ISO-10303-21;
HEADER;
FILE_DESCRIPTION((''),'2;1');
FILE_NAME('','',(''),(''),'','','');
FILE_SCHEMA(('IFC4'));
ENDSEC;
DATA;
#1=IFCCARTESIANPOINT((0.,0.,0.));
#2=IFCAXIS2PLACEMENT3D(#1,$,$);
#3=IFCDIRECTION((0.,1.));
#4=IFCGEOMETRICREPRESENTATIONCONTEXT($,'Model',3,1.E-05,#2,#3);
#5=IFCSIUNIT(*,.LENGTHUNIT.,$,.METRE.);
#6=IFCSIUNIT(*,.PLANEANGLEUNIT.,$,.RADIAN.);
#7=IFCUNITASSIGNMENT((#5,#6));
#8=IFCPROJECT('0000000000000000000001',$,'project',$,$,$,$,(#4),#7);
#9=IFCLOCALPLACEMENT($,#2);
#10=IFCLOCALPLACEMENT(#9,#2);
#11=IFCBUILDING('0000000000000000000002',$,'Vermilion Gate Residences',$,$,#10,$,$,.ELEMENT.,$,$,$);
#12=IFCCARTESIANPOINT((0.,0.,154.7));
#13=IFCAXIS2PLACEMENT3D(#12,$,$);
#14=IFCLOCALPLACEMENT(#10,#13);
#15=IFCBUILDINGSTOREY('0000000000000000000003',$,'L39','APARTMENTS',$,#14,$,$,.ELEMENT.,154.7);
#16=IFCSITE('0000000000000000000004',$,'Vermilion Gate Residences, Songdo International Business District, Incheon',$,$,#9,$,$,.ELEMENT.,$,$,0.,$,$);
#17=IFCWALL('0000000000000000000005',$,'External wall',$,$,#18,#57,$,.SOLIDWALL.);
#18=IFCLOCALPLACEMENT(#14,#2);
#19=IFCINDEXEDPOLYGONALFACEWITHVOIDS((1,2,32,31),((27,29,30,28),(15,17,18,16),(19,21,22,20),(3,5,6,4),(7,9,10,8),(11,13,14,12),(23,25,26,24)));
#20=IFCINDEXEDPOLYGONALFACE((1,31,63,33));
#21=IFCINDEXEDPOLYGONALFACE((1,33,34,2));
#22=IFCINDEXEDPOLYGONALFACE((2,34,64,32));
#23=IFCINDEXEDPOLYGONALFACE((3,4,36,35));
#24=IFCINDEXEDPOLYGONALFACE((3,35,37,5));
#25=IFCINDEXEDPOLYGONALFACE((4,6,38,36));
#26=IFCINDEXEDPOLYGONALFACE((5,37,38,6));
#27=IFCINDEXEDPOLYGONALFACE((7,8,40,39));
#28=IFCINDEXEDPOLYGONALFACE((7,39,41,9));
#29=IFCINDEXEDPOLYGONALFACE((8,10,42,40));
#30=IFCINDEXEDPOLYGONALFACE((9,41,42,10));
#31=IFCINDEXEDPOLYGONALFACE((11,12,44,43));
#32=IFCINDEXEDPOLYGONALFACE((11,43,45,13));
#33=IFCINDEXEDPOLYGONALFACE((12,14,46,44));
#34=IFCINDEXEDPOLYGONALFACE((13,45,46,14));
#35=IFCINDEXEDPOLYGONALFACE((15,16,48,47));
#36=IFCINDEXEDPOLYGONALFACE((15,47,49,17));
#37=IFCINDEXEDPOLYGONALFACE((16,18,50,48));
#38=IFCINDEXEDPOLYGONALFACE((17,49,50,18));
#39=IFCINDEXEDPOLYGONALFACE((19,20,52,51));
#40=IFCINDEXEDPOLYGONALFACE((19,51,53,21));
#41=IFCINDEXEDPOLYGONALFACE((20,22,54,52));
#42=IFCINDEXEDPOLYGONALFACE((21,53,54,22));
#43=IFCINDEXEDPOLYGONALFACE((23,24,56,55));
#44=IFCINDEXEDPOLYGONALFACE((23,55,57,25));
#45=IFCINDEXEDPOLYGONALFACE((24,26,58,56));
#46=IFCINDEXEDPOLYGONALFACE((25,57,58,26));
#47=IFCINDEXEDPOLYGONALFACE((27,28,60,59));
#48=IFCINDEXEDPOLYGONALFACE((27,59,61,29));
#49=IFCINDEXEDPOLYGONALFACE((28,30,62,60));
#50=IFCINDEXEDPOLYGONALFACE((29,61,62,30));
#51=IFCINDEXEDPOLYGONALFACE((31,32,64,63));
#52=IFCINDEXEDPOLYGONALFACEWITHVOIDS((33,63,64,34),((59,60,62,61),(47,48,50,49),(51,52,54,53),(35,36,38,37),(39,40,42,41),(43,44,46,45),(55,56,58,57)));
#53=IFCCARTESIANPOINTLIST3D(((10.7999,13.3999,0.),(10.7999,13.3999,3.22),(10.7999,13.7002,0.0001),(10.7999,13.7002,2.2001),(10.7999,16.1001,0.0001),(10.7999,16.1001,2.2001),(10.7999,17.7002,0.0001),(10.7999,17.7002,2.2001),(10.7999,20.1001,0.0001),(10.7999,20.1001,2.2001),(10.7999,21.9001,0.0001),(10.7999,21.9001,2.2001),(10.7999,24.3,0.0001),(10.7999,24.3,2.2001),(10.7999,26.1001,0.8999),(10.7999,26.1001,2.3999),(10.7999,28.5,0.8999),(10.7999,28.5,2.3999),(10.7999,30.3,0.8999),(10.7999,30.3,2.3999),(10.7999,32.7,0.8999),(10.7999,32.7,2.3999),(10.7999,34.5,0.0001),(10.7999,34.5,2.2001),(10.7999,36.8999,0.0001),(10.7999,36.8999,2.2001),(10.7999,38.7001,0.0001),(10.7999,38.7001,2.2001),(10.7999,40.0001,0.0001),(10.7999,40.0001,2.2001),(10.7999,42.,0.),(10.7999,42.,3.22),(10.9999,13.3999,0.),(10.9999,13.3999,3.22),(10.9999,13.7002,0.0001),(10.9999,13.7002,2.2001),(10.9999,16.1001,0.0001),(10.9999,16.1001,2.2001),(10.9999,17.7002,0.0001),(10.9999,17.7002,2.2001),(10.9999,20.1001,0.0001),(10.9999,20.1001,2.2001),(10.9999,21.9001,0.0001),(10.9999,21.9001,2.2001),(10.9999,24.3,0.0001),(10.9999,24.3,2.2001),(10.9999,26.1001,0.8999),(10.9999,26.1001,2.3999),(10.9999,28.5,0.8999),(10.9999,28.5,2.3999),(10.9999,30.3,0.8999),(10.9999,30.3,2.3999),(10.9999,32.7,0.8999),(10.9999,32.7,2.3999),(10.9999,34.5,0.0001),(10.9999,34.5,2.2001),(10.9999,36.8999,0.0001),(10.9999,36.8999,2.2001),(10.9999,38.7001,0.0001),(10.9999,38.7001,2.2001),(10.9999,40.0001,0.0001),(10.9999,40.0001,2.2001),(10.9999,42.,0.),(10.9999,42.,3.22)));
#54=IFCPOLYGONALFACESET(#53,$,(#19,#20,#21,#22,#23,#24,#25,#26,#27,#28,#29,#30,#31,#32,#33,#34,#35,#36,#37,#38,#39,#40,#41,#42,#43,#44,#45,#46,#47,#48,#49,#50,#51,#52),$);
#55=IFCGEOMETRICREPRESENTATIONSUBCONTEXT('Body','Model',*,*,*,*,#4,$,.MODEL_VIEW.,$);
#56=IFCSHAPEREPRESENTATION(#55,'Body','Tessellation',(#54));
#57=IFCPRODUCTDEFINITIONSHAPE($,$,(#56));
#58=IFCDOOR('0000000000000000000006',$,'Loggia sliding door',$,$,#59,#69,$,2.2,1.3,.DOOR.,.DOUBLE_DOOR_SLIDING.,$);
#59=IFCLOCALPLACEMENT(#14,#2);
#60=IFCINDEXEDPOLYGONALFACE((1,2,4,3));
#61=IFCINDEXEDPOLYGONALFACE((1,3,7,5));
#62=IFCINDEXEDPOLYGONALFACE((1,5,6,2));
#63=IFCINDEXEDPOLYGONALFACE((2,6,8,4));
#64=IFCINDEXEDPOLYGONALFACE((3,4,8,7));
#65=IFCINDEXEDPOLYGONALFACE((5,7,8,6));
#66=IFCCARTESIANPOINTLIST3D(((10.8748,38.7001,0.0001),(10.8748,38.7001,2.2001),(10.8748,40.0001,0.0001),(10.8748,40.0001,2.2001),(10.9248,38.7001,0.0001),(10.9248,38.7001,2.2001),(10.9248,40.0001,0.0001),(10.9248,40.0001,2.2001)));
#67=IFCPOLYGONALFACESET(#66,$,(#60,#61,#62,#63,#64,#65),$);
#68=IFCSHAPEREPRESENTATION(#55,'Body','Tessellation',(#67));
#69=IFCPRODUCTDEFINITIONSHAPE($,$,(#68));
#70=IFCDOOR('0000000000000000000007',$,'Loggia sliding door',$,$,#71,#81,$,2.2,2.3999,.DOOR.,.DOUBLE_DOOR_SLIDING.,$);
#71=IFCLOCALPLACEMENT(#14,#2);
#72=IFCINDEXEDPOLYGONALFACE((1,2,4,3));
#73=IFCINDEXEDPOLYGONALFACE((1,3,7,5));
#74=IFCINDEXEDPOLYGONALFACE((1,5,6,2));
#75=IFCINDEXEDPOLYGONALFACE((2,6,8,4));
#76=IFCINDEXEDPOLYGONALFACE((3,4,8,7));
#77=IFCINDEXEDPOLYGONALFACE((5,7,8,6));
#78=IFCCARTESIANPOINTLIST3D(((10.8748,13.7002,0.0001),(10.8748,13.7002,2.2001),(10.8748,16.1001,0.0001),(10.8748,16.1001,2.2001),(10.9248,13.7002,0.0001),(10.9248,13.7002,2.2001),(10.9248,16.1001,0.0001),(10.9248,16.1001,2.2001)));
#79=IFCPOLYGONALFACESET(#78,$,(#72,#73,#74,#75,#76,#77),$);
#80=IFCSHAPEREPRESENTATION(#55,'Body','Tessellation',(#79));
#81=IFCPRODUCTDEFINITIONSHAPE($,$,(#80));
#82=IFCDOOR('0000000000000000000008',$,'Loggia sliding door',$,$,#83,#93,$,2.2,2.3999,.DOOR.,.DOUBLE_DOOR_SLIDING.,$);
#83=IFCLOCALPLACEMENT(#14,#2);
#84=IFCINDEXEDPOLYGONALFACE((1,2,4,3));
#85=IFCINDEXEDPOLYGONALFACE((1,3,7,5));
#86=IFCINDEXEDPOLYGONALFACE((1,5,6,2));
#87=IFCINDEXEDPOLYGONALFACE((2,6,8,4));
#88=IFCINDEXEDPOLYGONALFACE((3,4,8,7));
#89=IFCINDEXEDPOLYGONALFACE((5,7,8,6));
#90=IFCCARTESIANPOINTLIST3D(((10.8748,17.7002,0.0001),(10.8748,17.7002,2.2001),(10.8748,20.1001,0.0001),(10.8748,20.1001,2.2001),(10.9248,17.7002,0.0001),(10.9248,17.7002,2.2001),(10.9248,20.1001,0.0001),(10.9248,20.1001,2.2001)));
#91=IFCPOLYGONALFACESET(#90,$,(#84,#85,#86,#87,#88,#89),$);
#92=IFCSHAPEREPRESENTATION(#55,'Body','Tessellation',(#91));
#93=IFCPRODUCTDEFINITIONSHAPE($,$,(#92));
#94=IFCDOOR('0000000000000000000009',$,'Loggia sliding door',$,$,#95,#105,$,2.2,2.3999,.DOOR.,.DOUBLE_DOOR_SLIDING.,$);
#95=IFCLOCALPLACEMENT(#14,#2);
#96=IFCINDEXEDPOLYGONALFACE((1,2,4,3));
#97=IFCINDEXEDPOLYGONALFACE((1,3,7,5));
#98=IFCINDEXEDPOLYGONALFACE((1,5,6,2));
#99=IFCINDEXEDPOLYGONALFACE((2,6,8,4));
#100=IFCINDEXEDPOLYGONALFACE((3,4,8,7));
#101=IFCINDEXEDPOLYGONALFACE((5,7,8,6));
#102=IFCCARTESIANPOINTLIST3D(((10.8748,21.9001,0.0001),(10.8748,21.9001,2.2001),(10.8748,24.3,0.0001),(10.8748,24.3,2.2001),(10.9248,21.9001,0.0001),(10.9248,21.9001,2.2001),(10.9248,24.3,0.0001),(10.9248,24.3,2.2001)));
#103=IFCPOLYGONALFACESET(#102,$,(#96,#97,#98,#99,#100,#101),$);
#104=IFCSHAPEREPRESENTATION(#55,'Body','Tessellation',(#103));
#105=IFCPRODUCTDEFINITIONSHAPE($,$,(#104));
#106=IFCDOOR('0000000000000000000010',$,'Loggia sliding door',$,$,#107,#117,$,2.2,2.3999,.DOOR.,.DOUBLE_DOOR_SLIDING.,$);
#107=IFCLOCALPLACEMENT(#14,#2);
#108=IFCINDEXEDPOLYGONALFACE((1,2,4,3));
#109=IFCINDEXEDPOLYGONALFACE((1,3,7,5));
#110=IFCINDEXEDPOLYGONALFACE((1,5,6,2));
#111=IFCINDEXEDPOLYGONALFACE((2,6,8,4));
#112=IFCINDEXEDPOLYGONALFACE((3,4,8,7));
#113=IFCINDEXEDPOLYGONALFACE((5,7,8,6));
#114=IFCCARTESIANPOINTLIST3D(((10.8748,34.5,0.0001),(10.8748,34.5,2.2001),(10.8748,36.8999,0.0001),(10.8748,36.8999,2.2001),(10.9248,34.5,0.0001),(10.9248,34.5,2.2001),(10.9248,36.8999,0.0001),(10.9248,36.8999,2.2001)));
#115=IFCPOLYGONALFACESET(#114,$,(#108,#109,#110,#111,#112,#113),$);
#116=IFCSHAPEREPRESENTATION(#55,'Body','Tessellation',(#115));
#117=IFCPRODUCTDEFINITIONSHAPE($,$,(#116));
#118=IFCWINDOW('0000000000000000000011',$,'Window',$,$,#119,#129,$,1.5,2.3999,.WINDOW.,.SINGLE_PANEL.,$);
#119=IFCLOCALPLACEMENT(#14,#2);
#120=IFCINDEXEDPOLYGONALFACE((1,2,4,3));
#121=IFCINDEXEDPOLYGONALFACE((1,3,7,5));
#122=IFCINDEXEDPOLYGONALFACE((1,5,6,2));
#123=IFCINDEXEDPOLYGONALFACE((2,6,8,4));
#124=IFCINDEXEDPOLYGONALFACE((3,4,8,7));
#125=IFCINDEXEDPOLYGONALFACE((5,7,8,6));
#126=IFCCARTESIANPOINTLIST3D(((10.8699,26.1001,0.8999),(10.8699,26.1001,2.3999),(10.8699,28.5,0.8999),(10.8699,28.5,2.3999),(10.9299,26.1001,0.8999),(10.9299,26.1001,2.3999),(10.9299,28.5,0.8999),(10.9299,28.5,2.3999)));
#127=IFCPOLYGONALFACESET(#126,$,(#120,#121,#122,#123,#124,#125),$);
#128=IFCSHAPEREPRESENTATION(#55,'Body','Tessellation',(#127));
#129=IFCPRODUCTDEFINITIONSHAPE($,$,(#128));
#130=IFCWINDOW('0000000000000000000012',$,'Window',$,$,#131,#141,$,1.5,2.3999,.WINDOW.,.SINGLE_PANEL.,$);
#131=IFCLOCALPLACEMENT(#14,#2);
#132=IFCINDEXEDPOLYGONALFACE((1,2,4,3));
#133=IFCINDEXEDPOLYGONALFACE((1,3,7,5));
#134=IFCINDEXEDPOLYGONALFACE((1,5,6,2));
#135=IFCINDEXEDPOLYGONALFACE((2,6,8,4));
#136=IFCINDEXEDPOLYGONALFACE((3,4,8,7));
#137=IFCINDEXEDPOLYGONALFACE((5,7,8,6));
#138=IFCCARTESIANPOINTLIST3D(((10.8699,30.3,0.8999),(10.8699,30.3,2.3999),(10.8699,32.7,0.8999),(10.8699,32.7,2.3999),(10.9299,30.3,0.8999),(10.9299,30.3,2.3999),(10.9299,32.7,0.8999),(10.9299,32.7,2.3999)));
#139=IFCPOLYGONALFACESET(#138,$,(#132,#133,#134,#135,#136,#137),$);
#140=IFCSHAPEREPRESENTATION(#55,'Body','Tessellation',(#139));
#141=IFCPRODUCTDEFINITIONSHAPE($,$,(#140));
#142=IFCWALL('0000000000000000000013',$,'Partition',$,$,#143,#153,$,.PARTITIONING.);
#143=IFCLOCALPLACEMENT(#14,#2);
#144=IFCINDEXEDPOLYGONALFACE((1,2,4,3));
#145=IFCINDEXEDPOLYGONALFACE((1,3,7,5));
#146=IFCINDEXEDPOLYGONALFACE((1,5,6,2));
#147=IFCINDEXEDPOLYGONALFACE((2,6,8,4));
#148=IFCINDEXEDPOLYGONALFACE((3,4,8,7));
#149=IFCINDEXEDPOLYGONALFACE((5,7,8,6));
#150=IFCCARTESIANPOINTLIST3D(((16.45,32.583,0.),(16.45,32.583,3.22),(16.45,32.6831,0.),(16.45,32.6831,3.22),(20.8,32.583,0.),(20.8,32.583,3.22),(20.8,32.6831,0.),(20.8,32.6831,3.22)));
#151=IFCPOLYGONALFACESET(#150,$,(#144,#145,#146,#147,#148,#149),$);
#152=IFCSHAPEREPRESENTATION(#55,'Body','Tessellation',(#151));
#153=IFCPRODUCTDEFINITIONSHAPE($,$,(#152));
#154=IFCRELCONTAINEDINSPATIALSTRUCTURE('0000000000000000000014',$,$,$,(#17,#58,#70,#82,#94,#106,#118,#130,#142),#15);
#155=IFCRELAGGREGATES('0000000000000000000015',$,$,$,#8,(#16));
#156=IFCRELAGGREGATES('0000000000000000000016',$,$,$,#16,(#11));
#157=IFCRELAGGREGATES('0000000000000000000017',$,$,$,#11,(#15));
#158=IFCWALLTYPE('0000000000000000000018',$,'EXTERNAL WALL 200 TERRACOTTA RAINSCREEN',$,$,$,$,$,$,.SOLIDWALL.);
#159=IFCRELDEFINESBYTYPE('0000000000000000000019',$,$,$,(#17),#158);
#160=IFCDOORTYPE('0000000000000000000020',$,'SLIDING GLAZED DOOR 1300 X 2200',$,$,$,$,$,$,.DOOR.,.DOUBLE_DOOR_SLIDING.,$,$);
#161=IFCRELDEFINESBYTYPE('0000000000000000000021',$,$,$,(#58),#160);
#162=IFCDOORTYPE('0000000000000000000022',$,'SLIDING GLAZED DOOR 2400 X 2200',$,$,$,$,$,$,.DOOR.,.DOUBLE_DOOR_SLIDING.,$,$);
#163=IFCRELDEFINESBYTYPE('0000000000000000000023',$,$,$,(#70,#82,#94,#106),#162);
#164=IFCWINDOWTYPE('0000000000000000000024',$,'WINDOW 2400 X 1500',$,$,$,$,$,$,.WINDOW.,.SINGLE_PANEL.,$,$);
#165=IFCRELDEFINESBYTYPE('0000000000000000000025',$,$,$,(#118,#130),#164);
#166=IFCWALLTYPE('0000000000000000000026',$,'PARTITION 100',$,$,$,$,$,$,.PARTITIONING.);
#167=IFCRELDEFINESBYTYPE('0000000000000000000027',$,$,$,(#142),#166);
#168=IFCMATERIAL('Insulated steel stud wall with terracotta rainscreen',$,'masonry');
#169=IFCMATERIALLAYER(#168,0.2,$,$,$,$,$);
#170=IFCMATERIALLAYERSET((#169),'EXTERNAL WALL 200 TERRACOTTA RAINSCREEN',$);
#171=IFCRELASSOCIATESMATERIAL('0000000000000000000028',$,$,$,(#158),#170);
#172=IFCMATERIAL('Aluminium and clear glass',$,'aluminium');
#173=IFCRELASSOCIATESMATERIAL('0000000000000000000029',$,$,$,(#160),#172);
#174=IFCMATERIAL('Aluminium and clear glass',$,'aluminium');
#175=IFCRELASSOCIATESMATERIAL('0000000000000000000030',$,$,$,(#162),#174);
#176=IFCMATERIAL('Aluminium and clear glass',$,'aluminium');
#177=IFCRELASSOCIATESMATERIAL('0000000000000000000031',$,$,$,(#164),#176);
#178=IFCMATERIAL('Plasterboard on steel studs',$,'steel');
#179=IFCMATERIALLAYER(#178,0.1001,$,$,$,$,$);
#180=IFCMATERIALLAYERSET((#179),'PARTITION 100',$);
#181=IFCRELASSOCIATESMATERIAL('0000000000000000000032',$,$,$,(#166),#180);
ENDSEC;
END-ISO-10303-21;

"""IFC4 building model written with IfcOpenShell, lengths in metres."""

from ifc_helpers import new_model, si_unit, direction, frame, frame_2d, origin, place, context, subcontext, project, spatial, rectangle, extrude, material, layer, layer_set, type_object, element, fill, save


model = new_model("IFC4")

# Units and contexts
model_context = context("Model", 3, precision=1e-05, world=origin(), true_north=direction((0.0, 1.0)))
body_context = subcontext(model_context, "Body", "Model", "MODEL_VIEW")
ifc_project = project(units=[si_unit("LENGTHUNIT", "METRE"), si_unit("PLANEANGLEUNIT", "RADIAN")], contexts=[model_context])

# Site, building, storey
site_placement = place(None, origin())
site = spatial("IfcSite", under=ifc_project, at=site_placement, Name="Vermilion Gate Residences, Songdo International Business District, Incheon", CompositionType="ELEMENT", RefElevation=0.0)
building_placement = place(site_placement, origin())
building = spatial("IfcBuilding", under=site, at=building_placement, Name="Vermilion Gate Residences", CompositionType="ELEMENT")
storey_placement = place(building_placement, frame((0.0, 0.0, 154.7)))
storey = spatial("IfcBuildingStorey", under=building, at=storey_placement, Name="L39", Description="APARTMENTS", CompositionType="ELEMENT", Elevation=154.7)

# Wall, openings, doors, windows
ifc_material_1 = material(Name="Insulated steel stud wall with terracotta rainscreen", Category="masonry")
ifc_layer_1 = layer(ifc_material_1, 0.2)
ifc_layer_set_1 = layer_set([ifc_layer_1], Name="EXTERNAL WALL 200 TERRACOTTA RAINSCREEN")
wall_type_1 = type_object("IfcWallType", Name="EXTERNAL WALL 200 TERRACOTTA RAINSCREEN", PredefinedType="SOLIDWALL", material=ifc_layer_set_1)
wall_1_placement = place(storey_placement, frame((10.8999, 42.0, 0.0), z_axis=(0.0, 0.0, 1.0), x_axis=(0.0, -1.0, 0.0)))
wall_1 = element("IfcWall", 1, at=wall_1_placement, inside=storey, type_object=wall_type_1, Name="External wall", PredefinedType="SOLIDWALL", context=body_context, shape_type="SweptSolid", body=[
    extrude(rectangle(XDim=28.6001, YDim=0.2, at=frame_2d((14.3, 0.0))), origin(), (0.0, 0.0, 1.0), 3.22),
])
opening_1_placement = place(wall_1_placement, frame((25.8999, 0.0, 0.0)))
opening_1 = element("IfcOpeningElement", 2, at=opening_1_placement, cuts=wall_1, PredefinedType="OPENING", context=body_context, shape_type="SweptSolid", body=[
    extrude(rectangle(XDim=2.3999, YDim=2.2, at=frame_2d((1.2, 1.1001))), frame((0.0, 0.1099, 0.0), z_axis=(0.0, -1.0, 0.0), x_axis=(1.0, 0.0, 0.0)), (0.0, 0.0, 1.0), 0.22),
])
opening_2_placement = place(wall_1_placement, frame((21.8999, 0.0, 0.0)))
opening_2 = element("IfcOpeningElement", 3, at=opening_2_placement, cuts=wall_1, PredefinedType="OPENING", context=body_context, shape_type="SweptSolid", body=[
    extrude(rectangle(XDim=2.3999, YDim=2.2, at=frame_2d((1.2, 1.1001))), frame((0.0, 0.1099, 0.0), z_axis=(0.0, -1.0, 0.0), x_axis=(1.0, 0.0, 0.0)), (0.0, 0.0, 1.0), 0.22),
])
opening_3_placement = place(wall_1_placement, frame((17.7, 0.0, 0.0)))
opening_3 = element("IfcOpeningElement", 4, at=opening_3_placement, cuts=wall_1, PredefinedType="OPENING", context=body_context, shape_type="SweptSolid", body=[
    extrude(rectangle(XDim=2.3999, YDim=2.2, at=frame_2d((1.2, 1.1001))), frame((0.0, 0.1099, 0.0), z_axis=(0.0, -1.0, 0.0), x_axis=(1.0, 0.0, 0.0)), (0.0, 0.0, 1.0), 0.22),
])
opening_4_placement = place(wall_1_placement, frame((13.5, 0.0, 0.8999)))
opening_4 = element("IfcOpeningElement", 5, at=opening_4_placement, cuts=wall_1, PredefinedType="OPENING", context=body_context, shape_type="SweptSolid", body=[
    extrude(rectangle(XDim=2.3999, YDim=1.5, at=frame_2d((1.2, 0.75))), frame((0.0, 0.1099, 0.0), z_axis=(0.0, -1.0, 0.0), x_axis=(1.0, 0.0, 0.0)), (0.0, 0.0, 1.0), 0.22),
])
opening_5_placement = place(wall_1_placement, frame((9.3, 0.0, 0.8999)))
opening_5 = element("IfcOpeningElement", 6, at=opening_5_placement, cuts=wall_1, PredefinedType="OPENING", context=body_context, shape_type="SweptSolid", body=[
    extrude(rectangle(XDim=2.3999, YDim=1.5, at=frame_2d((1.2, 0.75))), frame((0.0, 0.1099, 0.0), z_axis=(0.0, -1.0, 0.0), x_axis=(1.0, 0.0, 0.0)), (0.0, 0.0, 1.0), 0.22),
])
opening_6_placement = place(wall_1_placement, frame((5.1001, 0.0, 0.0)))
opening_6 = element("IfcOpeningElement", 7, at=opening_6_placement, cuts=wall_1, PredefinedType="OPENING", context=body_context, shape_type="SweptSolid", body=[
    extrude(rectangle(XDim=2.3999, YDim=2.2, at=frame_2d((1.2, 1.1001))), frame((0.0, 0.1099, 0.0), z_axis=(0.0, -1.0, 0.0), x_axis=(1.0, 0.0, 0.0)), (0.0, 0.0, 1.0), 0.22),
])
opening_7_placement = place(wall_1_placement, frame((2.0, 0.0, 0.0)))
opening_7 = element("IfcOpeningElement", 8, at=opening_7_placement, cuts=wall_1, PredefinedType="OPENING", context=body_context, shape_type="SweptSolid", body=[
    extrude(rectangle(XDim=1.3, YDim=2.2, at=frame_2d((0.6499, 1.1001))), frame((0.0, 0.1099, 0.0), z_axis=(0.0, -1.0, 0.0), x_axis=(1.0, 0.0, 0.0)), (0.0, 0.0, 1.0), 0.22),
])
ifc_material_2 = material(Name="Aluminium and clear glass", Category="aluminium")
door_type_1 = type_object("IfcDoorType", Name="SLIDING GLAZED DOOR 1300 X 2200", OperationType="DOUBLE_DOOR_SLIDING", PredefinedType="DOOR", material=ifc_material_2)
door_1_placement = place(opening_7_placement, origin())
door_1 = element("IfcDoor", 9, at=door_1_placement, inside=storey, type_object=door_type_1, Name="Loggia sliding door", OperationType="DOUBLE_DOOR_SLIDING", OverallHeight=2.2, OverallWidth=1.3, PredefinedType="DOOR", context=body_context, shape_type="SweptSolid", body=[
    extrude(rectangle(XDim=1.3, YDim=2.2, at=frame_2d((0.6499, 1.1001))), frame((0.0, 0.0249, 0.0), z_axis=(0.0, -1.0, 0.0), x_axis=(1.0, 0.0, 0.0)), (0.0, 0.0, 1.0), 0.05),
])
fill(opening_7, door_1)
ifc_material_3 = material(Name="Aluminium and clear glass", Category="aluminium")
door_type_2 = type_object("IfcDoorType", Name="SLIDING GLAZED DOOR 2400 X 2200", OperationType="DOUBLE_DOOR_SLIDING", PredefinedType="DOOR", material=ifc_material_3)
door_2_placement = place(opening_1_placement, origin())
door_2 = element("IfcDoor", 10, at=door_2_placement, inside=storey, type_object=door_type_2, Name="Loggia sliding door", OperationType="DOUBLE_DOOR_SLIDING", OverallHeight=2.2, OverallWidth=2.3999, PredefinedType="DOOR", context=body_context, shape_type="SweptSolid", body=[
    extrude(rectangle(XDim=2.3999, YDim=2.2, at=frame_2d((1.2, 1.1001))), frame((0.0, 0.0249, 0.0), z_axis=(0.0, -1.0, 0.0), x_axis=(1.0, 0.0, 0.0)), (0.0, 0.0, 1.0), 0.05),
])
fill(opening_1, door_2)
door_3_placement = place(opening_2_placement, origin())
door_3 = element("IfcDoor", 11, at=door_3_placement, inside=storey, type_object=door_type_2, Name="Loggia sliding door", OperationType="DOUBLE_DOOR_SLIDING", OverallHeight=2.2, OverallWidth=2.3999, PredefinedType="DOOR", context=body_context, shape_type="SweptSolid", body=[
    extrude(rectangle(XDim=2.3999, YDim=2.2, at=frame_2d((1.2, 1.1001))), frame((0.0, 0.0249, 0.0), z_axis=(0.0, -1.0, 0.0), x_axis=(1.0, 0.0, 0.0)), (0.0, 0.0, 1.0), 0.05),
])
fill(opening_2, door_3)
door_4_placement = place(opening_3_placement, origin())
door_4 = element("IfcDoor", 12, at=door_4_placement, inside=storey, type_object=door_type_2, Name="Loggia sliding door", OperationType="DOUBLE_DOOR_SLIDING", OverallHeight=2.2, OverallWidth=2.3999, PredefinedType="DOOR", context=body_context, shape_type="SweptSolid", body=[
    extrude(rectangle(XDim=2.3999, YDim=2.2, at=frame_2d((1.2, 1.1001))), frame((0.0, 0.0249, 0.0), z_axis=(0.0, -1.0, 0.0), x_axis=(1.0, 0.0, 0.0)), (0.0, 0.0, 1.0), 0.05),
])
fill(opening_3, door_4)
door_5_placement = place(opening_6_placement, origin())
door_5 = element("IfcDoor", 13, at=door_5_placement, inside=storey, type_object=door_type_2, Name="Loggia sliding door", OperationType="DOUBLE_DOOR_SLIDING", OverallHeight=2.2, OverallWidth=2.3999, PredefinedType="DOOR", context=body_context, shape_type="SweptSolid", body=[
    extrude(rectangle(XDim=2.3999, YDim=2.2, at=frame_2d((1.2, 1.1001))), frame((0.0, 0.0249, 0.0), z_axis=(0.0, -1.0, 0.0), x_axis=(1.0, 0.0, 0.0)), (0.0, 0.0, 1.0), 0.05),
])
fill(opening_6, door_5)
ifc_material_4 = material(Name="Aluminium and clear glass", Category="aluminium")
window_type = type_object("IfcWindowType", Name="WINDOW 2400 X 1500", PartitioningType="SINGLE_PANEL", PredefinedType="WINDOW", material=ifc_material_4)
window_1_placement = place(opening_4_placement, origin())
window_1 = element("IfcWindow", 14, at=window_1_placement, inside=storey, type_object=window_type, Name="Window", OverallHeight=1.5, OverallWidth=2.3999, PartitioningType="SINGLE_PANEL", PredefinedType="WINDOW", context=body_context, shape_type="SweptSolid", body=[
    extrude(rectangle(XDim=2.3999, YDim=1.5, at=frame_2d((1.2, 0.75))), frame((0.0, 0.03, 0.0), z_axis=(0.0, -1.0, 0.0), x_axis=(1.0, 0.0, 0.0)), (0.0, 0.0, 1.0), 0.0601),
])
fill(opening_4, window_1)
window_2_placement = place(opening_5_placement, origin())
window_2 = element("IfcWindow", 15, at=window_2_placement, inside=storey, type_object=window_type, Name="Window", OverallHeight=1.5, OverallWidth=2.3999, PartitioningType="SINGLE_PANEL", PredefinedType="WINDOW", context=body_context, shape_type="SweptSolid", body=[
    extrude(rectangle(XDim=2.3999, YDim=1.5, at=frame_2d((1.2, 0.75))), frame((0.0, 0.03, 0.0), z_axis=(0.0, -1.0, 0.0), x_axis=(1.0, 0.0, 0.0)), (0.0, 0.0, 1.0), 0.0601),
])
fill(opening_5, window_2)

# Wall
ifc_material_5 = material(Name="Plasterboard on steel studs", Category="steel")
ifc_layer_2 = layer(ifc_material_5, 0.1001)
ifc_layer_set_2 = layer_set([ifc_layer_2], Name="PARTITION 100")
wall_type_2 = type_object("IfcWallType", Name="PARTITION 100", PredefinedType="PARTITIONING", material=ifc_layer_set_2)
wall_2_placement = place(storey_placement, frame((16.45, 32.6331, 0.0), z_axis=(0.0, 0.0, 1.0), x_axis=(1.0, 0.0, 0.0)))
element("IfcWall", 16, at=wall_2_placement, inside=storey, type_object=wall_type_2, Name="Partition", PredefinedType="PARTITIONING", context=body_context, shape_type="SweptSolid", body=[
    extrude(rectangle(XDim=4.3501, YDim=0.1001, at=frame_2d((2.175, 0.0))), origin(), (0.0, 0.0, 1.0), 3.22),
])

save(model, "model.ifc")
